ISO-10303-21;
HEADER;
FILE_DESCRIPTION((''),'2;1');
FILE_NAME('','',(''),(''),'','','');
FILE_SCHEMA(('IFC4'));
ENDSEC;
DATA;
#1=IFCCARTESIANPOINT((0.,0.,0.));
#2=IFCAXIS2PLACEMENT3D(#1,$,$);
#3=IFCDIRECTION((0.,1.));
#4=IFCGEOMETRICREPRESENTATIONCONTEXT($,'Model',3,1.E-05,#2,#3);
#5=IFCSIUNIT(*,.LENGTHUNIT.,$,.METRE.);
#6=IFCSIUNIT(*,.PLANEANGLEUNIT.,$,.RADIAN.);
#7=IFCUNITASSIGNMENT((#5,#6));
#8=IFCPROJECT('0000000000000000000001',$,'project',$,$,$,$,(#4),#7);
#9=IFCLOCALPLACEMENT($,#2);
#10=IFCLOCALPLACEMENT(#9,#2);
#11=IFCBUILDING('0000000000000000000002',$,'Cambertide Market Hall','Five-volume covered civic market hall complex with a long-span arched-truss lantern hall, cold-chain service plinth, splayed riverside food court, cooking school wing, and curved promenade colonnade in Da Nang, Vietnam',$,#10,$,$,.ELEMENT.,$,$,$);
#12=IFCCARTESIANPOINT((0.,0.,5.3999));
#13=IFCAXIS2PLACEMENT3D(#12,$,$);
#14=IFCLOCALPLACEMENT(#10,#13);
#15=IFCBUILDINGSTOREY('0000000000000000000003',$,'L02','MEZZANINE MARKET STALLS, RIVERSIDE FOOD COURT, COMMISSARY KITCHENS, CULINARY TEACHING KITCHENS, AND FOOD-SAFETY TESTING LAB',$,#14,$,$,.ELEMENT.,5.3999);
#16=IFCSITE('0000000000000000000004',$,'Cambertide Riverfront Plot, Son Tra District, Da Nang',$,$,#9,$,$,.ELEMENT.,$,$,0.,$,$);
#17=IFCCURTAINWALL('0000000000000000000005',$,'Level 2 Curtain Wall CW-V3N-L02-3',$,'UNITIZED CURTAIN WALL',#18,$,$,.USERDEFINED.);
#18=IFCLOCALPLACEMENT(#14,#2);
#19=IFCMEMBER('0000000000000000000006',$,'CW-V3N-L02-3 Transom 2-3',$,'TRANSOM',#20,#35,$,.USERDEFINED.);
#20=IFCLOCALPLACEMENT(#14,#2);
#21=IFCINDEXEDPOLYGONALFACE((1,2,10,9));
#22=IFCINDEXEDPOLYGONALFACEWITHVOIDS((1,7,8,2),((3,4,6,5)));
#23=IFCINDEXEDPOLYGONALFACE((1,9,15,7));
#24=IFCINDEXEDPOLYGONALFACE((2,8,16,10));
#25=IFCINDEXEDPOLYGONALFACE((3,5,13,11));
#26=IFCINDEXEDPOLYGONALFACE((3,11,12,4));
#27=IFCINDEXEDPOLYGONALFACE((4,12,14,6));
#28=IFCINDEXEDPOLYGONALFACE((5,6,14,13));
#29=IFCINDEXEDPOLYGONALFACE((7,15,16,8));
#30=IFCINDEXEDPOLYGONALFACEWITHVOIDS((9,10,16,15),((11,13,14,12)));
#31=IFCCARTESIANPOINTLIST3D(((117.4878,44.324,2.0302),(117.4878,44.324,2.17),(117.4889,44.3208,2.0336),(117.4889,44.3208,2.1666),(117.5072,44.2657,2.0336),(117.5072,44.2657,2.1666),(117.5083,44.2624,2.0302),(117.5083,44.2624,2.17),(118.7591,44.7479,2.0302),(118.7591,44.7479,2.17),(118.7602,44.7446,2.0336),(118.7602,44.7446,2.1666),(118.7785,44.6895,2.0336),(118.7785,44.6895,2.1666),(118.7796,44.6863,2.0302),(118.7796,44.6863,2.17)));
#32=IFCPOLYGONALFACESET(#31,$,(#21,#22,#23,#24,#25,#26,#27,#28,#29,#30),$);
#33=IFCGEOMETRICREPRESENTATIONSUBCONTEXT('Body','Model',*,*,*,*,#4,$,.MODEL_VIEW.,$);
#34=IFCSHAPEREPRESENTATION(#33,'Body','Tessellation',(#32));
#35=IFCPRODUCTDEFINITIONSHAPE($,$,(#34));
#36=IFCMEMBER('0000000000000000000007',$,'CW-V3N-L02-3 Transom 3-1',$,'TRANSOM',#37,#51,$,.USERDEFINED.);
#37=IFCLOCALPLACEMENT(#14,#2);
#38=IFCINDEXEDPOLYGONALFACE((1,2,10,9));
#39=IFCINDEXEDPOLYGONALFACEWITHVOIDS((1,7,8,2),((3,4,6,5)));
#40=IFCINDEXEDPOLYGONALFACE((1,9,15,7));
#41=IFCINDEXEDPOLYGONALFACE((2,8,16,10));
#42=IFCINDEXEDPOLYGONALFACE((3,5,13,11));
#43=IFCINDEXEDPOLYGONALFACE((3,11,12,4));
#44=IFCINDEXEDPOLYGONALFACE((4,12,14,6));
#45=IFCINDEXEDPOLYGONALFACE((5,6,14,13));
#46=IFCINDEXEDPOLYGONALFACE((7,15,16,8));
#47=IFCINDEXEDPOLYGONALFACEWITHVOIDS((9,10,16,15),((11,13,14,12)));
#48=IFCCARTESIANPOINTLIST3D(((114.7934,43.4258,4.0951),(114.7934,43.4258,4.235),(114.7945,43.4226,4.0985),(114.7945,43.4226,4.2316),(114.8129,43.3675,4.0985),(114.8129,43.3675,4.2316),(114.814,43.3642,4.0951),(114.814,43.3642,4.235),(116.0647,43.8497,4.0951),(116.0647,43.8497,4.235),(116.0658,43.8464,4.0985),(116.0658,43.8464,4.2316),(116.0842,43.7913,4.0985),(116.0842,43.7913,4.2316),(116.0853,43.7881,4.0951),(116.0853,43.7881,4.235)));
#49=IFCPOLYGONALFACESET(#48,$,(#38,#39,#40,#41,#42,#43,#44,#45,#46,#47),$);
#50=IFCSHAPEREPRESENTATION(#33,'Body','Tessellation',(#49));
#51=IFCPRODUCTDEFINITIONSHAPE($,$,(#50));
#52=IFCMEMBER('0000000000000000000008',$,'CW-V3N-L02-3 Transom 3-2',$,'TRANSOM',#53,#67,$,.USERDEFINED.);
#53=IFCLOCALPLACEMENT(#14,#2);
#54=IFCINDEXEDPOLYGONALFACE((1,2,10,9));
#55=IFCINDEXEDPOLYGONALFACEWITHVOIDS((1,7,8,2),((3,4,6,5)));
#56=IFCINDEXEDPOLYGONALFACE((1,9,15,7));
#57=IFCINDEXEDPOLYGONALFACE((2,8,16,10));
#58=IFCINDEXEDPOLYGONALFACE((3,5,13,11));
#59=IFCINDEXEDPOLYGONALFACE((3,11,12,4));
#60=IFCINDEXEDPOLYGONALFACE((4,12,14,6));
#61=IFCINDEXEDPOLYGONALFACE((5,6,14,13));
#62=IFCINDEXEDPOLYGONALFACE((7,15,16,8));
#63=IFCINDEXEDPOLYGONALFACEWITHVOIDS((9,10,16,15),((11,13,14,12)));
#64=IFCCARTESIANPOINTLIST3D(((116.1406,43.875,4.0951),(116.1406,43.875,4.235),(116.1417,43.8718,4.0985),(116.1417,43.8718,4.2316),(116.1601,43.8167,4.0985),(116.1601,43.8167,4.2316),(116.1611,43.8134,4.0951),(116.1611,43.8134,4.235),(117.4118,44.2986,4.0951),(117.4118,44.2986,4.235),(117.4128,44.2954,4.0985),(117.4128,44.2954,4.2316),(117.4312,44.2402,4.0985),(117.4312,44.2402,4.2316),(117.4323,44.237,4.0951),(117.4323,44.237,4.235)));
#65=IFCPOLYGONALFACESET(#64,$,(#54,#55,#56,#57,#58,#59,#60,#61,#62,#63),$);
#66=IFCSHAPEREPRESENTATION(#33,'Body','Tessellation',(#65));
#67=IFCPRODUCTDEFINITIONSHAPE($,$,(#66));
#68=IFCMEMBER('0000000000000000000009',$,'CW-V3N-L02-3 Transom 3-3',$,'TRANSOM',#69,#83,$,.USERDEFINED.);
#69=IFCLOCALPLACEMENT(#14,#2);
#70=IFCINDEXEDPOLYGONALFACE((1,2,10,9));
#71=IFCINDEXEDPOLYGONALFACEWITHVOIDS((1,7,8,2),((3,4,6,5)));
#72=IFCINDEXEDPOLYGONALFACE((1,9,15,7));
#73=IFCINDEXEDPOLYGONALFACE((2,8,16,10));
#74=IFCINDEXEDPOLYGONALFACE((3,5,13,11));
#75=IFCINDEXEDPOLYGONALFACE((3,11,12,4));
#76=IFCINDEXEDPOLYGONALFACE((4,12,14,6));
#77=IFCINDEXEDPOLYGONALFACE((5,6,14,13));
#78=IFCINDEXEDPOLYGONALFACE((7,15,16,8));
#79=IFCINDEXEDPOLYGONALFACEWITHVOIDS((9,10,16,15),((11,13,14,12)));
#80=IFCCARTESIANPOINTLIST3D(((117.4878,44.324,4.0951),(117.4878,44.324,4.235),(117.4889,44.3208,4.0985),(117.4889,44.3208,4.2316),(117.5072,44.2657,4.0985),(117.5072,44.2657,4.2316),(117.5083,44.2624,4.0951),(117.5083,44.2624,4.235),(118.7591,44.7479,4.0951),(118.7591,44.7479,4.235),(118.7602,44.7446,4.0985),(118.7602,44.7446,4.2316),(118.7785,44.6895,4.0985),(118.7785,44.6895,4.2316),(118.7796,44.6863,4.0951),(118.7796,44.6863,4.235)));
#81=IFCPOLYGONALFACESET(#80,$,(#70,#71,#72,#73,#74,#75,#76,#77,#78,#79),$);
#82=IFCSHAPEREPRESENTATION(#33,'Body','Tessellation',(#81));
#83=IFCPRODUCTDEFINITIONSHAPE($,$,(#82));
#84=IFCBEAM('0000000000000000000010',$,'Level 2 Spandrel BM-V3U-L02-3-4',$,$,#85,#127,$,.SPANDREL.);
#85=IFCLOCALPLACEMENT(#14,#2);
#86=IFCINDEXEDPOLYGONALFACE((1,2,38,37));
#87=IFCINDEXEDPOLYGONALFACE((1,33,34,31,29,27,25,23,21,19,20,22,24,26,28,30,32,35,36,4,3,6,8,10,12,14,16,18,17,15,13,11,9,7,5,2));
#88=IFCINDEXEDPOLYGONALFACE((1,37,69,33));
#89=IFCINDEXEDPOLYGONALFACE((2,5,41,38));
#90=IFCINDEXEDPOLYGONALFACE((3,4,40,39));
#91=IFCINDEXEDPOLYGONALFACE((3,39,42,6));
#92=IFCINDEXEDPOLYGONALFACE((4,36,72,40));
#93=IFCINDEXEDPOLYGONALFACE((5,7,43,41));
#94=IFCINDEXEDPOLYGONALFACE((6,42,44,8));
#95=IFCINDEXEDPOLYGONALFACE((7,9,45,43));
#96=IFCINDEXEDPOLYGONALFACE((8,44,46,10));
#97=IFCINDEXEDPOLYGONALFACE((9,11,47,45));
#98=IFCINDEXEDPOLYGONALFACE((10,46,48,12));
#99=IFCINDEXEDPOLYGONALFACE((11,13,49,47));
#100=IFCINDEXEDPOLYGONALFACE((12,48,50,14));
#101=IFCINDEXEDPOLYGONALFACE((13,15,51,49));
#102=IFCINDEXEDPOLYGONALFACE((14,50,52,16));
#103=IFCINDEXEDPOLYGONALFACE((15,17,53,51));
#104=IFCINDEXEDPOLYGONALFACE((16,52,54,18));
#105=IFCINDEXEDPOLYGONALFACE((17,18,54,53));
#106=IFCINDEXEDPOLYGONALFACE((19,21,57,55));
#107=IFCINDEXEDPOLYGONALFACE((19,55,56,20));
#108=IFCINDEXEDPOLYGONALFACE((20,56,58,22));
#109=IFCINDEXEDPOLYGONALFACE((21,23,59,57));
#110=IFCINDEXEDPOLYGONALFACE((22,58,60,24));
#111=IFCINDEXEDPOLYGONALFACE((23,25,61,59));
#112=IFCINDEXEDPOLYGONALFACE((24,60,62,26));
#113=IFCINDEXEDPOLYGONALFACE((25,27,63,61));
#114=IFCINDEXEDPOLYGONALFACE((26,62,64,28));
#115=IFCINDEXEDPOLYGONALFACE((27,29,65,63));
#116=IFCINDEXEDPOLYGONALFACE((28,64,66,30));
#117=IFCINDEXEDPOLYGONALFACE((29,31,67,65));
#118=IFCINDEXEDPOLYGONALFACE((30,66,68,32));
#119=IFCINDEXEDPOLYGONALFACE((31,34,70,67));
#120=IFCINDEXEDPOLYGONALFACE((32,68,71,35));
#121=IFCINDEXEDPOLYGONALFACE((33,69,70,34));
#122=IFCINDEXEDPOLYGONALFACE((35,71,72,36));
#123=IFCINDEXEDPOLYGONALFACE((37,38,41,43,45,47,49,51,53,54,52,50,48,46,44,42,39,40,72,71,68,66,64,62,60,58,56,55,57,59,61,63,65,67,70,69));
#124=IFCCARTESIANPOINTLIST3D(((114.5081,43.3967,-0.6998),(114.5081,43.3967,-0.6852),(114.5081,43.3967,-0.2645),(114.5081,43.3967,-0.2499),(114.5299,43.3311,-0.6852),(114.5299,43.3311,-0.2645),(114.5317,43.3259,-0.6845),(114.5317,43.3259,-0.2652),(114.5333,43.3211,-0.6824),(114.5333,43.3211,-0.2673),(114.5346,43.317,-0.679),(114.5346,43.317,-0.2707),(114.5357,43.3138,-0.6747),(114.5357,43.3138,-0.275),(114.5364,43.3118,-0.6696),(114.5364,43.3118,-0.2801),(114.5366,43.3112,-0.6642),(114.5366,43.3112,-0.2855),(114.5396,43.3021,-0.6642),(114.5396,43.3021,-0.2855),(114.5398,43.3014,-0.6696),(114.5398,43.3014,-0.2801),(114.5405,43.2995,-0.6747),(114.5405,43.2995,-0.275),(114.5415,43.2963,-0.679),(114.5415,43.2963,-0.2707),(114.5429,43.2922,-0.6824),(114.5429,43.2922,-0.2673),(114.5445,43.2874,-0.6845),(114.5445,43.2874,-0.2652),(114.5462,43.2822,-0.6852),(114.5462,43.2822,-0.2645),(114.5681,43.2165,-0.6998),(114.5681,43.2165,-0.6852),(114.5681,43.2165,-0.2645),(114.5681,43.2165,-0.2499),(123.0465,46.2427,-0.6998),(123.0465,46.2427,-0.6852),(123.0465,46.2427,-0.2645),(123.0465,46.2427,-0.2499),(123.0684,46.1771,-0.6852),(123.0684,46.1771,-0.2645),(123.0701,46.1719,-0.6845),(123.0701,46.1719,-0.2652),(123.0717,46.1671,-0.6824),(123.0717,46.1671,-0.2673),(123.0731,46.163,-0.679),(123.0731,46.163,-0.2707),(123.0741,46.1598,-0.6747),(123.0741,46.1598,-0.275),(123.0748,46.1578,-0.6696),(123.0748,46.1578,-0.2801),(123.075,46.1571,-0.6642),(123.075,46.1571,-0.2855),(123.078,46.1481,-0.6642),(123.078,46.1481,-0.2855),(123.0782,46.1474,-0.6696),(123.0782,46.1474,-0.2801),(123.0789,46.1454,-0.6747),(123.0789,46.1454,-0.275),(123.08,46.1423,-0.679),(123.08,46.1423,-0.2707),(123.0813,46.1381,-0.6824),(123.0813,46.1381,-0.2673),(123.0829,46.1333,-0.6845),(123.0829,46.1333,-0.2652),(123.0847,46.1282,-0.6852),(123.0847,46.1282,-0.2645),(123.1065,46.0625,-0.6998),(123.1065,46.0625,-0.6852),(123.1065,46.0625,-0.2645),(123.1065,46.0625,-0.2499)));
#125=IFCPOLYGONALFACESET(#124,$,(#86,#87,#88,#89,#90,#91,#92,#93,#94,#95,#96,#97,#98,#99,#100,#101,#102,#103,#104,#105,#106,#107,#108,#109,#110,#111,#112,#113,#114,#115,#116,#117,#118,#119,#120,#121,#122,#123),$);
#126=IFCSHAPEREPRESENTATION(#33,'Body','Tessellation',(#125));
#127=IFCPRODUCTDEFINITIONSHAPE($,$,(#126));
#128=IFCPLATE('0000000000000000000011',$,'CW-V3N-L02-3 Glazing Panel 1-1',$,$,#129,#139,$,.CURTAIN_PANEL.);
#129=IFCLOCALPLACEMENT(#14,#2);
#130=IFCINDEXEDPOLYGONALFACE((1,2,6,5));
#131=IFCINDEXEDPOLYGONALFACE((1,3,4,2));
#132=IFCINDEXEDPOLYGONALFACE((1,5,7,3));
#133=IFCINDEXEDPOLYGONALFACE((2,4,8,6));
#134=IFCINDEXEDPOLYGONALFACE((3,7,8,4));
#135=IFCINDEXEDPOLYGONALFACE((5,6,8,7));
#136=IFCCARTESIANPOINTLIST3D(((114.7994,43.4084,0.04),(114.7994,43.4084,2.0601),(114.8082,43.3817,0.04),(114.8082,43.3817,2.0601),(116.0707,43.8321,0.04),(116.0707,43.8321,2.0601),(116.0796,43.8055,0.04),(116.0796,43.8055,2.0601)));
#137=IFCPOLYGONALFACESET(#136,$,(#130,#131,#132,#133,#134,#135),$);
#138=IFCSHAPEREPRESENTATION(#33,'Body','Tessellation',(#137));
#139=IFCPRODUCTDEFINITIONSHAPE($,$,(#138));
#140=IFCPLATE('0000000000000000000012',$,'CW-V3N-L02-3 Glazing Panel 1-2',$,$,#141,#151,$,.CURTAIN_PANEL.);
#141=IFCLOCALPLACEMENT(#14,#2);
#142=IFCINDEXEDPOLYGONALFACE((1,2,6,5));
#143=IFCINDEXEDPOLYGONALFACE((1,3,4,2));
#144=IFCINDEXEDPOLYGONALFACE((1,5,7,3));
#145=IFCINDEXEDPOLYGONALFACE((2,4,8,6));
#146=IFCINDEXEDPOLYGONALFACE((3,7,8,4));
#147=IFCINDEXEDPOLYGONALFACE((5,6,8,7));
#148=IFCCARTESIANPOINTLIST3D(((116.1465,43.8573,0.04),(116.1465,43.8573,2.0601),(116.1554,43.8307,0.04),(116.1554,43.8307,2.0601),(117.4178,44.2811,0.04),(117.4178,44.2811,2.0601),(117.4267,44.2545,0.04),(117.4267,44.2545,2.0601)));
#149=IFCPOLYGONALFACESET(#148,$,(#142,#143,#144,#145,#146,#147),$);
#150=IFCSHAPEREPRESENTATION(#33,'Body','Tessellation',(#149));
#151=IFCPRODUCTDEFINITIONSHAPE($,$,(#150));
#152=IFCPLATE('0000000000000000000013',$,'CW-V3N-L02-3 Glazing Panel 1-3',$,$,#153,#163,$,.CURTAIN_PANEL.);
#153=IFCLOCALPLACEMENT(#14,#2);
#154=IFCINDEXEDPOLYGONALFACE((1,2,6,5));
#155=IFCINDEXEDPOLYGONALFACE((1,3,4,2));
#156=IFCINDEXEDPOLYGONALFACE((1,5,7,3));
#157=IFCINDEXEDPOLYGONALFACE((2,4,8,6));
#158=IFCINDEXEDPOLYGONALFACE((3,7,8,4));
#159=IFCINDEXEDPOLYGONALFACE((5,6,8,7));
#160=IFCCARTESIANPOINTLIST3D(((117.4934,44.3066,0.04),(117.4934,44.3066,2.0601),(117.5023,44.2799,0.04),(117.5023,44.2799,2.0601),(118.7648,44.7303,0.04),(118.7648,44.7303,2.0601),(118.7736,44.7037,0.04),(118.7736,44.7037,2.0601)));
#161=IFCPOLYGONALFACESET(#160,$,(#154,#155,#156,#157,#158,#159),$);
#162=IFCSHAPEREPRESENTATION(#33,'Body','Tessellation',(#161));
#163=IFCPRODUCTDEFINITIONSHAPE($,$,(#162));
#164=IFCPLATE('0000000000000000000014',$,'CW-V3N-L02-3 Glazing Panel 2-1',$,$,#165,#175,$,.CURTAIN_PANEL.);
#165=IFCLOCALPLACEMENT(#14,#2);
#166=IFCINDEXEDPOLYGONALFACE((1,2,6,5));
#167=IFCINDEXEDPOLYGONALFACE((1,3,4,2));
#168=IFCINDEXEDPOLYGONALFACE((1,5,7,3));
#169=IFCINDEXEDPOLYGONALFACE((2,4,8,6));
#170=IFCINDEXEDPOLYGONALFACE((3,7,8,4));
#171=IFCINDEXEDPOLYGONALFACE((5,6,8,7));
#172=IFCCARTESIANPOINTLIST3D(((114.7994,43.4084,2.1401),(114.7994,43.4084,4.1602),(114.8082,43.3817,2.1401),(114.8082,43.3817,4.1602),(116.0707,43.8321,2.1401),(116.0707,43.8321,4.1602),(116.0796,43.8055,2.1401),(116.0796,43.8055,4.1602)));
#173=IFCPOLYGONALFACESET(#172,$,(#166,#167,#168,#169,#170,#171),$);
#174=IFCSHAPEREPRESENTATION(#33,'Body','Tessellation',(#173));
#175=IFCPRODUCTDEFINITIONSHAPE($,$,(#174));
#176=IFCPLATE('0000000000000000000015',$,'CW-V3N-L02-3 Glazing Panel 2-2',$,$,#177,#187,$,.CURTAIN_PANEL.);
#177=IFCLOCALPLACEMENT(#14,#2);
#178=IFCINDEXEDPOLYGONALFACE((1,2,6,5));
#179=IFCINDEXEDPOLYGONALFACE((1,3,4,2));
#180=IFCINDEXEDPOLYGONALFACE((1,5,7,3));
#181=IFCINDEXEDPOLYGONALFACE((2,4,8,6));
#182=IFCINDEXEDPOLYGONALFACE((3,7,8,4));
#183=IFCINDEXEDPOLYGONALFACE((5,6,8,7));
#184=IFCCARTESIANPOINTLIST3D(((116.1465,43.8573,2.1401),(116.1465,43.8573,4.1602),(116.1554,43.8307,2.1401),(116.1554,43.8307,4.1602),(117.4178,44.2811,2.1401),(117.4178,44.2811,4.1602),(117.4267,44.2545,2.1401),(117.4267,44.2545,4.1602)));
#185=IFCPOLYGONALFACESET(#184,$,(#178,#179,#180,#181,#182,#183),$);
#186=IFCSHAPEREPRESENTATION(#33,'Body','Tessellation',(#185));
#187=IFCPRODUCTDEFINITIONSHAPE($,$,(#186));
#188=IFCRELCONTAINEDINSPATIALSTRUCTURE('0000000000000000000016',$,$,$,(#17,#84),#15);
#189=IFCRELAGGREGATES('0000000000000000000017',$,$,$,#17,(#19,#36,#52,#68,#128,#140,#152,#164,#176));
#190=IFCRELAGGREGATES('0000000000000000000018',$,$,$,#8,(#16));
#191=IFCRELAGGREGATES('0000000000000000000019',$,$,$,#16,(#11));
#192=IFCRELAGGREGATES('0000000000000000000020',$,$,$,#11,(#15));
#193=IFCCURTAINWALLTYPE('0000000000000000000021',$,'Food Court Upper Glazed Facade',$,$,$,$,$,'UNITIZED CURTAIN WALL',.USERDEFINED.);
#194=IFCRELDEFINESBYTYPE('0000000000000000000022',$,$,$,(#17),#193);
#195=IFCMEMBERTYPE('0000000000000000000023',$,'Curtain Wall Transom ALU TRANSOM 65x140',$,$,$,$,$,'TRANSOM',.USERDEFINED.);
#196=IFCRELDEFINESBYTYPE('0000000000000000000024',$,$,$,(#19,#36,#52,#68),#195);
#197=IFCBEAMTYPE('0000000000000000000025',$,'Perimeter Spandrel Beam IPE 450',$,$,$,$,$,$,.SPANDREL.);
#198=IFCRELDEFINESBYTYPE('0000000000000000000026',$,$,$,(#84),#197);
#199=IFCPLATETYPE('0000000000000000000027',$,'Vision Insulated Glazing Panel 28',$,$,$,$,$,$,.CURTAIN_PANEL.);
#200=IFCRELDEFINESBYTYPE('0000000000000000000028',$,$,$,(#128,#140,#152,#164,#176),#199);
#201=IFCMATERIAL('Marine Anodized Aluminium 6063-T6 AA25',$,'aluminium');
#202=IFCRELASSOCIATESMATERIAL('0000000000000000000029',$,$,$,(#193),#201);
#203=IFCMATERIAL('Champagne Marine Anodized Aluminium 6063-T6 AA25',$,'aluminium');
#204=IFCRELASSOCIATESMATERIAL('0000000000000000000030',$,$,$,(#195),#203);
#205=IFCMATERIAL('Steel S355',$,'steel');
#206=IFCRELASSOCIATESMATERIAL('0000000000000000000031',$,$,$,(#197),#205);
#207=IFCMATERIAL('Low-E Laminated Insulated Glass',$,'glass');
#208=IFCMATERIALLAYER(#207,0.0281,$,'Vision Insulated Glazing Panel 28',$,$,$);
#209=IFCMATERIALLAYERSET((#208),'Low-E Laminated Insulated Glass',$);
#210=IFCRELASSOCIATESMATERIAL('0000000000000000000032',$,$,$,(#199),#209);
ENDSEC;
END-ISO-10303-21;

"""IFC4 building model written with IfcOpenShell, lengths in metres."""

from ifc_helpers import new_model, si_unit, direction, frame, origin, origin_2d, place, context, subcontext, project, spatial, rectangle, hollow_rectangle, i_section, extrude, material, layer, layer_set, material_profile, profile_set, type_object, element, aggregate, save


model = new_model("IFC4")

# Units and contexts
model_context = context("Model", 3, precision=1e-05, world=origin(), true_north=direction((0.0, 1.0)))
body_context = subcontext(model_context, "Body", "Model", "MODEL_VIEW")
ifc_project = project(units=[si_unit("LENGTHUNIT", "METRE"), si_unit("PLANEANGLEUNIT", "RADIAN")], contexts=[model_context])

# Site, building, storey
site_placement = place(None, origin())
site = spatial("IfcSite", under=ifc_project, at=site_placement, Name="Cambertide Riverfront Plot, Son Tra District, Da Nang", CompositionType="ELEMENT", RefElevation=0.0)
building_placement = place(site_placement, origin())
building = spatial("IfcBuilding", under=site, at=building_placement, Name="Cambertide Market Hall", Description="Five-volume covered civic market hall complex with a long-span arched-truss lantern hall, cold-chain service plinth, splayed riverside food court, cooking school wing, and curved promenade colonnade in Da Nang, Vietnam", CompositionType="ELEMENT")
storey_placement = place(building_placement, frame((0.0, 0.0, 5.3999)))
storey = spatial("IfcBuildingStorey", under=building, at=storey_placement, Name="L02", Description="MEZZANINE MARKET STALLS, RIVERSIDE FOOD COURT, COMMISSARY KITCHENS, CULINARY TEACHING KITCHENS, AND FOOD-SAFETY TESTING LAB", CompositionType="ELEMENT", Elevation=5.3999)

# Curtain wall, members
ifc_material_1 = material(Name="Marine Anodized Aluminium 6063-T6 AA25", Category="aluminium")
curtain_wall_type = type_object("IfcCurtainWallType", Name="Food Court Upper Glazed Facade", ElementType="UNITIZED CURTAIN WALL", PredefinedType="USERDEFINED", material=ifc_material_1)
curtain_wall_placement = place(storey_placement, origin())
curtain_wall = element("IfcCurtainWall", 1, at=curtain_wall_placement, inside=storey, type_object=curtain_wall_type, Name="Level 2 Curtain Wall CW-V3N-L02-3", ObjectType="UNITIZED CURTAIN WALL", PredefinedType="USERDEFINED")
ifc_material_2 = material(Name="Champagne Marine Anodized Aluminium 6063-T6 AA25", Category="aluminium")
ifc_material_profile_1 = material_profile(ifc_material_2, hollow_rectangle(XDim=0.0649, YDim=0.1399, WallThickness=0.0034, at=origin_2d()), Name="ALU TRANSOM 65x140")
ifc_profile_set_1 = profile_set([ifc_material_profile_1], Name="Champagne Marine Anodized Aluminium 6063-T6 AA25")
member_type_1 = type_object("IfcMemberType", Name="Curtain Wall Transom ALU TRANSOM 65x140", ElementType="TRANSOM", PredefinedType="USERDEFINED", material=ifc_profile_set_1)
member_1_placement = place(storey_placement, frame((117.498, 44.2932, 2.1001), z_axis=(0.948665, 0.316282, 0.0), x_axis=(-0.316282, 0.948665, 0.0)))
member_1 = element("IfcMember", 2, at=member_1_placement, type_object=member_type_1, Name="CW-V3N-L02-3 Transom 2-3", ObjectType="TRANSOM", PredefinedType="USERDEFINED", context=body_context, shape_type="SweptSolid", body=[
    extrude(hollow_rectangle(XDim=0.0649, YDim=0.1399, WallThickness=0.0034, at=origin_2d()), origin(), (0.0, 0.0, 1.0), 1.3401),
])
member_2_placement = place(storey_placement, frame((114.8037, 43.395, 4.165), z_axis=(0.948665, 0.316282, 0.0), x_axis=(-0.316282, 0.948665, 0.0)))
member_2 = element("IfcMember", 3, at=member_2_placement, type_object=member_type_1, Name="CW-V3N-L02-3 Transom 3-1", ObjectType="TRANSOM", PredefinedType="USERDEFINED", context=body_context, shape_type="SweptSolid", body=[
    extrude(hollow_rectangle(XDim=0.0649, YDim=0.1399, WallThickness=0.0034, at=origin_2d()), origin(), (0.0, 0.0, 1.0), 1.3401),
])
member_3_placement = place(storey_placement, frame((116.1509, 43.8442, 4.165), z_axis=(0.94872, 0.316118, 0.0), x_axis=(-0.316118, 0.94872, 0.0)))
member_3 = element("IfcMember", 4, at=member_3_placement, type_object=member_type_1, Name="CW-V3N-L02-3 Transom 3-2", ObjectType="TRANSOM", PredefinedType="USERDEFINED", context=body_context, shape_type="SweptSolid", body=[
    extrude(hollow_rectangle(XDim=0.0649, YDim=0.1399, WallThickness=0.0034, at=origin_2d()), origin(), (0.0, 0.0, 1.0), 1.3398),
])
member_4_placement = place(storey_placement, frame((117.498, 44.2932, 4.165), z_axis=(0.948665, 0.316282, 0.0), x_axis=(-0.316282, 0.948665, 0.0)))
member_4 = element("IfcMember", 5, at=member_4_placement, type_object=member_type_1, Name="CW-V3N-L02-3 Transom 3-3", ObjectType="TRANSOM", PredefinedType="USERDEFINED", context=body_context, shape_type="SweptSolid", body=[
    extrude(hollow_rectangle(XDim=0.0649, YDim=0.1399, WallThickness=0.0034, at=origin_2d()), origin(), (0.0, 0.0, 1.0), 1.3401),
])

# Beam
ifc_material_3 = material(Name="Steel S355", Category="steel")
ifc_material_profile_2 = material_profile(ifc_material_3, i_section(OverallWidth=0.1899, OverallDepth=0.45, WebThickness=0.0095, FlangeThickness=0.0146, FilletRadius=0.021, at=origin_2d()), Name="IPE 450")
ifc_profile_set_2 = profile_set([ifc_material_profile_2], Name="Steel S355")
beam_type = type_object("IfcBeamType", Name="Perimeter Spandrel Beam IPE 450", PredefinedType="SPANDREL", material=ifc_profile_set_2)
beam_placement = place(storey_placement, frame((114.5381, 43.3066, -0.4749), z_axis=(0.948689, 0.316211, 0.0), x_axis=(-0.316211, 0.948689, 0.0)))
element("IfcBeam", 6, at=beam_placement, inside=storey, type_object=beam_type, Name="Level 2 Spandrel BM-V3U-L02-3-4", PredefinedType="SPANDREL", context=body_context, shape_type="SweptSolid", body=[
    extrude(i_section(OverallWidth=0.1899, OverallDepth=0.45, WebThickness=0.0095, FlangeThickness=0.0146, FilletRadius=0.021, at=origin_2d()), origin(), (0.0, 0.0, 1.0), 9.0002),
])

# Plates
ifc_material_4 = material(Name="Low-E Laminated Insulated Glass", Category="glass")
ifc_layer_1 = layer(ifc_material_4, 0.0281, Name="Vision Insulated Glazing Panel 28")
ifc_layer_set_1 = layer_set([ifc_layer_1], Name="Low-E Laminated Insulated Glass")
plate_type = type_object("IfcPlateType", Name="Vision Insulated Glazing Panel 28", PredefinedType="CURTAIN_PANEL", material=ifc_layer_set_1)
plate_1_placement = place(storey_placement, frame((115.4395, 43.6069, 0.04), z_axis=(0.0, 0.0, 1.0), x_axis=(0.948683, 0.316228, 0.0)))
plate_1 = element("IfcPlate", 7, at=plate_1_placement, type_object=plate_type, Name="CW-V3N-L02-3 Glazing Panel 1-1", PredefinedType="CURTAIN_PANEL", context=body_context, shape_type="SweptSolid", body=[
    extrude(rectangle(XDim=1.3401, YDim=0.0281, at=origin_2d()), origin(), (0.0, 0.0, 1.0), 2.02),
])
plate_2_placement = place(storey_placement, frame((116.7866, 44.0559, 0.04), z_axis=(0.0, 0.0, 1.0), x_axis=(0.948683, 0.316228, 0.0)))
plate_2 = element("IfcPlate", 8, at=plate_2_placement, type_object=plate_type, Name="CW-V3N-L02-3 Glazing Panel 1-2", PredefinedType="CURTAIN_PANEL", context=body_context, shape_type="SweptSolid", body=[
    extrude(rectangle(XDim=1.3401, YDim=0.0281, at=origin_2d()), origin(), (0.0, 0.0, 1.0), 2.02),
])
plate_3_placement = place(storey_placement, frame((118.1335, 44.5051, 0.04), z_axis=(0.0, 0.0, 1.0), x_axis=(0.948683, 0.316228, 0.0)))
plate_3 = element("IfcPlate", 9, at=plate_3_placement, type_object=plate_type, Name="CW-V3N-L02-3 Glazing Panel 1-3", PredefinedType="CURTAIN_PANEL", context=body_context, shape_type="SweptSolid", body=[
    extrude(rectangle(XDim=1.3401, YDim=0.0281, at=origin_2d()), origin(), (0.0, 0.0, 1.0), 2.02),
])
plate_4_placement = place(storey_placement, frame((115.4395, 43.6069, 2.1401), z_axis=(0.0, 0.0, 1.0), x_axis=(0.948683, 0.316228, 0.0)))
plate_4 = element("IfcPlate", 10, at=plate_4_placement, type_object=plate_type, Name="CW-V3N-L02-3 Glazing Panel 2-1", PredefinedType="CURTAIN_PANEL", context=body_context, shape_type="SweptSolid", body=[
    extrude(rectangle(XDim=1.3401, YDim=0.0281, at=origin_2d()), origin(), (0.0, 0.0, 1.0), 2.02),
])
plate_5_placement = place(storey_placement, frame((116.7866, 44.0559, 2.1401), z_axis=(0.0, 0.0, 1.0), x_axis=(0.948683, 0.316228, 0.0)))
plate_5 = element("IfcPlate", 11, at=plate_5_placement, type_object=plate_type, Name="CW-V3N-L02-3 Glazing Panel 2-2", PredefinedType="CURTAIN_PANEL", context=body_context, shape_type="SweptSolid", body=[
    extrude(rectangle(XDim=1.3401, YDim=0.0281, at=origin_2d()), origin(), (0.0, 0.0, 1.0), 2.02),
])
aggregate(curtain_wall, [member_1, member_2, member_3, member_4, plate_1, plate_2, plate_3, plate_4, plate_5])

save(model, "model.ifc")
